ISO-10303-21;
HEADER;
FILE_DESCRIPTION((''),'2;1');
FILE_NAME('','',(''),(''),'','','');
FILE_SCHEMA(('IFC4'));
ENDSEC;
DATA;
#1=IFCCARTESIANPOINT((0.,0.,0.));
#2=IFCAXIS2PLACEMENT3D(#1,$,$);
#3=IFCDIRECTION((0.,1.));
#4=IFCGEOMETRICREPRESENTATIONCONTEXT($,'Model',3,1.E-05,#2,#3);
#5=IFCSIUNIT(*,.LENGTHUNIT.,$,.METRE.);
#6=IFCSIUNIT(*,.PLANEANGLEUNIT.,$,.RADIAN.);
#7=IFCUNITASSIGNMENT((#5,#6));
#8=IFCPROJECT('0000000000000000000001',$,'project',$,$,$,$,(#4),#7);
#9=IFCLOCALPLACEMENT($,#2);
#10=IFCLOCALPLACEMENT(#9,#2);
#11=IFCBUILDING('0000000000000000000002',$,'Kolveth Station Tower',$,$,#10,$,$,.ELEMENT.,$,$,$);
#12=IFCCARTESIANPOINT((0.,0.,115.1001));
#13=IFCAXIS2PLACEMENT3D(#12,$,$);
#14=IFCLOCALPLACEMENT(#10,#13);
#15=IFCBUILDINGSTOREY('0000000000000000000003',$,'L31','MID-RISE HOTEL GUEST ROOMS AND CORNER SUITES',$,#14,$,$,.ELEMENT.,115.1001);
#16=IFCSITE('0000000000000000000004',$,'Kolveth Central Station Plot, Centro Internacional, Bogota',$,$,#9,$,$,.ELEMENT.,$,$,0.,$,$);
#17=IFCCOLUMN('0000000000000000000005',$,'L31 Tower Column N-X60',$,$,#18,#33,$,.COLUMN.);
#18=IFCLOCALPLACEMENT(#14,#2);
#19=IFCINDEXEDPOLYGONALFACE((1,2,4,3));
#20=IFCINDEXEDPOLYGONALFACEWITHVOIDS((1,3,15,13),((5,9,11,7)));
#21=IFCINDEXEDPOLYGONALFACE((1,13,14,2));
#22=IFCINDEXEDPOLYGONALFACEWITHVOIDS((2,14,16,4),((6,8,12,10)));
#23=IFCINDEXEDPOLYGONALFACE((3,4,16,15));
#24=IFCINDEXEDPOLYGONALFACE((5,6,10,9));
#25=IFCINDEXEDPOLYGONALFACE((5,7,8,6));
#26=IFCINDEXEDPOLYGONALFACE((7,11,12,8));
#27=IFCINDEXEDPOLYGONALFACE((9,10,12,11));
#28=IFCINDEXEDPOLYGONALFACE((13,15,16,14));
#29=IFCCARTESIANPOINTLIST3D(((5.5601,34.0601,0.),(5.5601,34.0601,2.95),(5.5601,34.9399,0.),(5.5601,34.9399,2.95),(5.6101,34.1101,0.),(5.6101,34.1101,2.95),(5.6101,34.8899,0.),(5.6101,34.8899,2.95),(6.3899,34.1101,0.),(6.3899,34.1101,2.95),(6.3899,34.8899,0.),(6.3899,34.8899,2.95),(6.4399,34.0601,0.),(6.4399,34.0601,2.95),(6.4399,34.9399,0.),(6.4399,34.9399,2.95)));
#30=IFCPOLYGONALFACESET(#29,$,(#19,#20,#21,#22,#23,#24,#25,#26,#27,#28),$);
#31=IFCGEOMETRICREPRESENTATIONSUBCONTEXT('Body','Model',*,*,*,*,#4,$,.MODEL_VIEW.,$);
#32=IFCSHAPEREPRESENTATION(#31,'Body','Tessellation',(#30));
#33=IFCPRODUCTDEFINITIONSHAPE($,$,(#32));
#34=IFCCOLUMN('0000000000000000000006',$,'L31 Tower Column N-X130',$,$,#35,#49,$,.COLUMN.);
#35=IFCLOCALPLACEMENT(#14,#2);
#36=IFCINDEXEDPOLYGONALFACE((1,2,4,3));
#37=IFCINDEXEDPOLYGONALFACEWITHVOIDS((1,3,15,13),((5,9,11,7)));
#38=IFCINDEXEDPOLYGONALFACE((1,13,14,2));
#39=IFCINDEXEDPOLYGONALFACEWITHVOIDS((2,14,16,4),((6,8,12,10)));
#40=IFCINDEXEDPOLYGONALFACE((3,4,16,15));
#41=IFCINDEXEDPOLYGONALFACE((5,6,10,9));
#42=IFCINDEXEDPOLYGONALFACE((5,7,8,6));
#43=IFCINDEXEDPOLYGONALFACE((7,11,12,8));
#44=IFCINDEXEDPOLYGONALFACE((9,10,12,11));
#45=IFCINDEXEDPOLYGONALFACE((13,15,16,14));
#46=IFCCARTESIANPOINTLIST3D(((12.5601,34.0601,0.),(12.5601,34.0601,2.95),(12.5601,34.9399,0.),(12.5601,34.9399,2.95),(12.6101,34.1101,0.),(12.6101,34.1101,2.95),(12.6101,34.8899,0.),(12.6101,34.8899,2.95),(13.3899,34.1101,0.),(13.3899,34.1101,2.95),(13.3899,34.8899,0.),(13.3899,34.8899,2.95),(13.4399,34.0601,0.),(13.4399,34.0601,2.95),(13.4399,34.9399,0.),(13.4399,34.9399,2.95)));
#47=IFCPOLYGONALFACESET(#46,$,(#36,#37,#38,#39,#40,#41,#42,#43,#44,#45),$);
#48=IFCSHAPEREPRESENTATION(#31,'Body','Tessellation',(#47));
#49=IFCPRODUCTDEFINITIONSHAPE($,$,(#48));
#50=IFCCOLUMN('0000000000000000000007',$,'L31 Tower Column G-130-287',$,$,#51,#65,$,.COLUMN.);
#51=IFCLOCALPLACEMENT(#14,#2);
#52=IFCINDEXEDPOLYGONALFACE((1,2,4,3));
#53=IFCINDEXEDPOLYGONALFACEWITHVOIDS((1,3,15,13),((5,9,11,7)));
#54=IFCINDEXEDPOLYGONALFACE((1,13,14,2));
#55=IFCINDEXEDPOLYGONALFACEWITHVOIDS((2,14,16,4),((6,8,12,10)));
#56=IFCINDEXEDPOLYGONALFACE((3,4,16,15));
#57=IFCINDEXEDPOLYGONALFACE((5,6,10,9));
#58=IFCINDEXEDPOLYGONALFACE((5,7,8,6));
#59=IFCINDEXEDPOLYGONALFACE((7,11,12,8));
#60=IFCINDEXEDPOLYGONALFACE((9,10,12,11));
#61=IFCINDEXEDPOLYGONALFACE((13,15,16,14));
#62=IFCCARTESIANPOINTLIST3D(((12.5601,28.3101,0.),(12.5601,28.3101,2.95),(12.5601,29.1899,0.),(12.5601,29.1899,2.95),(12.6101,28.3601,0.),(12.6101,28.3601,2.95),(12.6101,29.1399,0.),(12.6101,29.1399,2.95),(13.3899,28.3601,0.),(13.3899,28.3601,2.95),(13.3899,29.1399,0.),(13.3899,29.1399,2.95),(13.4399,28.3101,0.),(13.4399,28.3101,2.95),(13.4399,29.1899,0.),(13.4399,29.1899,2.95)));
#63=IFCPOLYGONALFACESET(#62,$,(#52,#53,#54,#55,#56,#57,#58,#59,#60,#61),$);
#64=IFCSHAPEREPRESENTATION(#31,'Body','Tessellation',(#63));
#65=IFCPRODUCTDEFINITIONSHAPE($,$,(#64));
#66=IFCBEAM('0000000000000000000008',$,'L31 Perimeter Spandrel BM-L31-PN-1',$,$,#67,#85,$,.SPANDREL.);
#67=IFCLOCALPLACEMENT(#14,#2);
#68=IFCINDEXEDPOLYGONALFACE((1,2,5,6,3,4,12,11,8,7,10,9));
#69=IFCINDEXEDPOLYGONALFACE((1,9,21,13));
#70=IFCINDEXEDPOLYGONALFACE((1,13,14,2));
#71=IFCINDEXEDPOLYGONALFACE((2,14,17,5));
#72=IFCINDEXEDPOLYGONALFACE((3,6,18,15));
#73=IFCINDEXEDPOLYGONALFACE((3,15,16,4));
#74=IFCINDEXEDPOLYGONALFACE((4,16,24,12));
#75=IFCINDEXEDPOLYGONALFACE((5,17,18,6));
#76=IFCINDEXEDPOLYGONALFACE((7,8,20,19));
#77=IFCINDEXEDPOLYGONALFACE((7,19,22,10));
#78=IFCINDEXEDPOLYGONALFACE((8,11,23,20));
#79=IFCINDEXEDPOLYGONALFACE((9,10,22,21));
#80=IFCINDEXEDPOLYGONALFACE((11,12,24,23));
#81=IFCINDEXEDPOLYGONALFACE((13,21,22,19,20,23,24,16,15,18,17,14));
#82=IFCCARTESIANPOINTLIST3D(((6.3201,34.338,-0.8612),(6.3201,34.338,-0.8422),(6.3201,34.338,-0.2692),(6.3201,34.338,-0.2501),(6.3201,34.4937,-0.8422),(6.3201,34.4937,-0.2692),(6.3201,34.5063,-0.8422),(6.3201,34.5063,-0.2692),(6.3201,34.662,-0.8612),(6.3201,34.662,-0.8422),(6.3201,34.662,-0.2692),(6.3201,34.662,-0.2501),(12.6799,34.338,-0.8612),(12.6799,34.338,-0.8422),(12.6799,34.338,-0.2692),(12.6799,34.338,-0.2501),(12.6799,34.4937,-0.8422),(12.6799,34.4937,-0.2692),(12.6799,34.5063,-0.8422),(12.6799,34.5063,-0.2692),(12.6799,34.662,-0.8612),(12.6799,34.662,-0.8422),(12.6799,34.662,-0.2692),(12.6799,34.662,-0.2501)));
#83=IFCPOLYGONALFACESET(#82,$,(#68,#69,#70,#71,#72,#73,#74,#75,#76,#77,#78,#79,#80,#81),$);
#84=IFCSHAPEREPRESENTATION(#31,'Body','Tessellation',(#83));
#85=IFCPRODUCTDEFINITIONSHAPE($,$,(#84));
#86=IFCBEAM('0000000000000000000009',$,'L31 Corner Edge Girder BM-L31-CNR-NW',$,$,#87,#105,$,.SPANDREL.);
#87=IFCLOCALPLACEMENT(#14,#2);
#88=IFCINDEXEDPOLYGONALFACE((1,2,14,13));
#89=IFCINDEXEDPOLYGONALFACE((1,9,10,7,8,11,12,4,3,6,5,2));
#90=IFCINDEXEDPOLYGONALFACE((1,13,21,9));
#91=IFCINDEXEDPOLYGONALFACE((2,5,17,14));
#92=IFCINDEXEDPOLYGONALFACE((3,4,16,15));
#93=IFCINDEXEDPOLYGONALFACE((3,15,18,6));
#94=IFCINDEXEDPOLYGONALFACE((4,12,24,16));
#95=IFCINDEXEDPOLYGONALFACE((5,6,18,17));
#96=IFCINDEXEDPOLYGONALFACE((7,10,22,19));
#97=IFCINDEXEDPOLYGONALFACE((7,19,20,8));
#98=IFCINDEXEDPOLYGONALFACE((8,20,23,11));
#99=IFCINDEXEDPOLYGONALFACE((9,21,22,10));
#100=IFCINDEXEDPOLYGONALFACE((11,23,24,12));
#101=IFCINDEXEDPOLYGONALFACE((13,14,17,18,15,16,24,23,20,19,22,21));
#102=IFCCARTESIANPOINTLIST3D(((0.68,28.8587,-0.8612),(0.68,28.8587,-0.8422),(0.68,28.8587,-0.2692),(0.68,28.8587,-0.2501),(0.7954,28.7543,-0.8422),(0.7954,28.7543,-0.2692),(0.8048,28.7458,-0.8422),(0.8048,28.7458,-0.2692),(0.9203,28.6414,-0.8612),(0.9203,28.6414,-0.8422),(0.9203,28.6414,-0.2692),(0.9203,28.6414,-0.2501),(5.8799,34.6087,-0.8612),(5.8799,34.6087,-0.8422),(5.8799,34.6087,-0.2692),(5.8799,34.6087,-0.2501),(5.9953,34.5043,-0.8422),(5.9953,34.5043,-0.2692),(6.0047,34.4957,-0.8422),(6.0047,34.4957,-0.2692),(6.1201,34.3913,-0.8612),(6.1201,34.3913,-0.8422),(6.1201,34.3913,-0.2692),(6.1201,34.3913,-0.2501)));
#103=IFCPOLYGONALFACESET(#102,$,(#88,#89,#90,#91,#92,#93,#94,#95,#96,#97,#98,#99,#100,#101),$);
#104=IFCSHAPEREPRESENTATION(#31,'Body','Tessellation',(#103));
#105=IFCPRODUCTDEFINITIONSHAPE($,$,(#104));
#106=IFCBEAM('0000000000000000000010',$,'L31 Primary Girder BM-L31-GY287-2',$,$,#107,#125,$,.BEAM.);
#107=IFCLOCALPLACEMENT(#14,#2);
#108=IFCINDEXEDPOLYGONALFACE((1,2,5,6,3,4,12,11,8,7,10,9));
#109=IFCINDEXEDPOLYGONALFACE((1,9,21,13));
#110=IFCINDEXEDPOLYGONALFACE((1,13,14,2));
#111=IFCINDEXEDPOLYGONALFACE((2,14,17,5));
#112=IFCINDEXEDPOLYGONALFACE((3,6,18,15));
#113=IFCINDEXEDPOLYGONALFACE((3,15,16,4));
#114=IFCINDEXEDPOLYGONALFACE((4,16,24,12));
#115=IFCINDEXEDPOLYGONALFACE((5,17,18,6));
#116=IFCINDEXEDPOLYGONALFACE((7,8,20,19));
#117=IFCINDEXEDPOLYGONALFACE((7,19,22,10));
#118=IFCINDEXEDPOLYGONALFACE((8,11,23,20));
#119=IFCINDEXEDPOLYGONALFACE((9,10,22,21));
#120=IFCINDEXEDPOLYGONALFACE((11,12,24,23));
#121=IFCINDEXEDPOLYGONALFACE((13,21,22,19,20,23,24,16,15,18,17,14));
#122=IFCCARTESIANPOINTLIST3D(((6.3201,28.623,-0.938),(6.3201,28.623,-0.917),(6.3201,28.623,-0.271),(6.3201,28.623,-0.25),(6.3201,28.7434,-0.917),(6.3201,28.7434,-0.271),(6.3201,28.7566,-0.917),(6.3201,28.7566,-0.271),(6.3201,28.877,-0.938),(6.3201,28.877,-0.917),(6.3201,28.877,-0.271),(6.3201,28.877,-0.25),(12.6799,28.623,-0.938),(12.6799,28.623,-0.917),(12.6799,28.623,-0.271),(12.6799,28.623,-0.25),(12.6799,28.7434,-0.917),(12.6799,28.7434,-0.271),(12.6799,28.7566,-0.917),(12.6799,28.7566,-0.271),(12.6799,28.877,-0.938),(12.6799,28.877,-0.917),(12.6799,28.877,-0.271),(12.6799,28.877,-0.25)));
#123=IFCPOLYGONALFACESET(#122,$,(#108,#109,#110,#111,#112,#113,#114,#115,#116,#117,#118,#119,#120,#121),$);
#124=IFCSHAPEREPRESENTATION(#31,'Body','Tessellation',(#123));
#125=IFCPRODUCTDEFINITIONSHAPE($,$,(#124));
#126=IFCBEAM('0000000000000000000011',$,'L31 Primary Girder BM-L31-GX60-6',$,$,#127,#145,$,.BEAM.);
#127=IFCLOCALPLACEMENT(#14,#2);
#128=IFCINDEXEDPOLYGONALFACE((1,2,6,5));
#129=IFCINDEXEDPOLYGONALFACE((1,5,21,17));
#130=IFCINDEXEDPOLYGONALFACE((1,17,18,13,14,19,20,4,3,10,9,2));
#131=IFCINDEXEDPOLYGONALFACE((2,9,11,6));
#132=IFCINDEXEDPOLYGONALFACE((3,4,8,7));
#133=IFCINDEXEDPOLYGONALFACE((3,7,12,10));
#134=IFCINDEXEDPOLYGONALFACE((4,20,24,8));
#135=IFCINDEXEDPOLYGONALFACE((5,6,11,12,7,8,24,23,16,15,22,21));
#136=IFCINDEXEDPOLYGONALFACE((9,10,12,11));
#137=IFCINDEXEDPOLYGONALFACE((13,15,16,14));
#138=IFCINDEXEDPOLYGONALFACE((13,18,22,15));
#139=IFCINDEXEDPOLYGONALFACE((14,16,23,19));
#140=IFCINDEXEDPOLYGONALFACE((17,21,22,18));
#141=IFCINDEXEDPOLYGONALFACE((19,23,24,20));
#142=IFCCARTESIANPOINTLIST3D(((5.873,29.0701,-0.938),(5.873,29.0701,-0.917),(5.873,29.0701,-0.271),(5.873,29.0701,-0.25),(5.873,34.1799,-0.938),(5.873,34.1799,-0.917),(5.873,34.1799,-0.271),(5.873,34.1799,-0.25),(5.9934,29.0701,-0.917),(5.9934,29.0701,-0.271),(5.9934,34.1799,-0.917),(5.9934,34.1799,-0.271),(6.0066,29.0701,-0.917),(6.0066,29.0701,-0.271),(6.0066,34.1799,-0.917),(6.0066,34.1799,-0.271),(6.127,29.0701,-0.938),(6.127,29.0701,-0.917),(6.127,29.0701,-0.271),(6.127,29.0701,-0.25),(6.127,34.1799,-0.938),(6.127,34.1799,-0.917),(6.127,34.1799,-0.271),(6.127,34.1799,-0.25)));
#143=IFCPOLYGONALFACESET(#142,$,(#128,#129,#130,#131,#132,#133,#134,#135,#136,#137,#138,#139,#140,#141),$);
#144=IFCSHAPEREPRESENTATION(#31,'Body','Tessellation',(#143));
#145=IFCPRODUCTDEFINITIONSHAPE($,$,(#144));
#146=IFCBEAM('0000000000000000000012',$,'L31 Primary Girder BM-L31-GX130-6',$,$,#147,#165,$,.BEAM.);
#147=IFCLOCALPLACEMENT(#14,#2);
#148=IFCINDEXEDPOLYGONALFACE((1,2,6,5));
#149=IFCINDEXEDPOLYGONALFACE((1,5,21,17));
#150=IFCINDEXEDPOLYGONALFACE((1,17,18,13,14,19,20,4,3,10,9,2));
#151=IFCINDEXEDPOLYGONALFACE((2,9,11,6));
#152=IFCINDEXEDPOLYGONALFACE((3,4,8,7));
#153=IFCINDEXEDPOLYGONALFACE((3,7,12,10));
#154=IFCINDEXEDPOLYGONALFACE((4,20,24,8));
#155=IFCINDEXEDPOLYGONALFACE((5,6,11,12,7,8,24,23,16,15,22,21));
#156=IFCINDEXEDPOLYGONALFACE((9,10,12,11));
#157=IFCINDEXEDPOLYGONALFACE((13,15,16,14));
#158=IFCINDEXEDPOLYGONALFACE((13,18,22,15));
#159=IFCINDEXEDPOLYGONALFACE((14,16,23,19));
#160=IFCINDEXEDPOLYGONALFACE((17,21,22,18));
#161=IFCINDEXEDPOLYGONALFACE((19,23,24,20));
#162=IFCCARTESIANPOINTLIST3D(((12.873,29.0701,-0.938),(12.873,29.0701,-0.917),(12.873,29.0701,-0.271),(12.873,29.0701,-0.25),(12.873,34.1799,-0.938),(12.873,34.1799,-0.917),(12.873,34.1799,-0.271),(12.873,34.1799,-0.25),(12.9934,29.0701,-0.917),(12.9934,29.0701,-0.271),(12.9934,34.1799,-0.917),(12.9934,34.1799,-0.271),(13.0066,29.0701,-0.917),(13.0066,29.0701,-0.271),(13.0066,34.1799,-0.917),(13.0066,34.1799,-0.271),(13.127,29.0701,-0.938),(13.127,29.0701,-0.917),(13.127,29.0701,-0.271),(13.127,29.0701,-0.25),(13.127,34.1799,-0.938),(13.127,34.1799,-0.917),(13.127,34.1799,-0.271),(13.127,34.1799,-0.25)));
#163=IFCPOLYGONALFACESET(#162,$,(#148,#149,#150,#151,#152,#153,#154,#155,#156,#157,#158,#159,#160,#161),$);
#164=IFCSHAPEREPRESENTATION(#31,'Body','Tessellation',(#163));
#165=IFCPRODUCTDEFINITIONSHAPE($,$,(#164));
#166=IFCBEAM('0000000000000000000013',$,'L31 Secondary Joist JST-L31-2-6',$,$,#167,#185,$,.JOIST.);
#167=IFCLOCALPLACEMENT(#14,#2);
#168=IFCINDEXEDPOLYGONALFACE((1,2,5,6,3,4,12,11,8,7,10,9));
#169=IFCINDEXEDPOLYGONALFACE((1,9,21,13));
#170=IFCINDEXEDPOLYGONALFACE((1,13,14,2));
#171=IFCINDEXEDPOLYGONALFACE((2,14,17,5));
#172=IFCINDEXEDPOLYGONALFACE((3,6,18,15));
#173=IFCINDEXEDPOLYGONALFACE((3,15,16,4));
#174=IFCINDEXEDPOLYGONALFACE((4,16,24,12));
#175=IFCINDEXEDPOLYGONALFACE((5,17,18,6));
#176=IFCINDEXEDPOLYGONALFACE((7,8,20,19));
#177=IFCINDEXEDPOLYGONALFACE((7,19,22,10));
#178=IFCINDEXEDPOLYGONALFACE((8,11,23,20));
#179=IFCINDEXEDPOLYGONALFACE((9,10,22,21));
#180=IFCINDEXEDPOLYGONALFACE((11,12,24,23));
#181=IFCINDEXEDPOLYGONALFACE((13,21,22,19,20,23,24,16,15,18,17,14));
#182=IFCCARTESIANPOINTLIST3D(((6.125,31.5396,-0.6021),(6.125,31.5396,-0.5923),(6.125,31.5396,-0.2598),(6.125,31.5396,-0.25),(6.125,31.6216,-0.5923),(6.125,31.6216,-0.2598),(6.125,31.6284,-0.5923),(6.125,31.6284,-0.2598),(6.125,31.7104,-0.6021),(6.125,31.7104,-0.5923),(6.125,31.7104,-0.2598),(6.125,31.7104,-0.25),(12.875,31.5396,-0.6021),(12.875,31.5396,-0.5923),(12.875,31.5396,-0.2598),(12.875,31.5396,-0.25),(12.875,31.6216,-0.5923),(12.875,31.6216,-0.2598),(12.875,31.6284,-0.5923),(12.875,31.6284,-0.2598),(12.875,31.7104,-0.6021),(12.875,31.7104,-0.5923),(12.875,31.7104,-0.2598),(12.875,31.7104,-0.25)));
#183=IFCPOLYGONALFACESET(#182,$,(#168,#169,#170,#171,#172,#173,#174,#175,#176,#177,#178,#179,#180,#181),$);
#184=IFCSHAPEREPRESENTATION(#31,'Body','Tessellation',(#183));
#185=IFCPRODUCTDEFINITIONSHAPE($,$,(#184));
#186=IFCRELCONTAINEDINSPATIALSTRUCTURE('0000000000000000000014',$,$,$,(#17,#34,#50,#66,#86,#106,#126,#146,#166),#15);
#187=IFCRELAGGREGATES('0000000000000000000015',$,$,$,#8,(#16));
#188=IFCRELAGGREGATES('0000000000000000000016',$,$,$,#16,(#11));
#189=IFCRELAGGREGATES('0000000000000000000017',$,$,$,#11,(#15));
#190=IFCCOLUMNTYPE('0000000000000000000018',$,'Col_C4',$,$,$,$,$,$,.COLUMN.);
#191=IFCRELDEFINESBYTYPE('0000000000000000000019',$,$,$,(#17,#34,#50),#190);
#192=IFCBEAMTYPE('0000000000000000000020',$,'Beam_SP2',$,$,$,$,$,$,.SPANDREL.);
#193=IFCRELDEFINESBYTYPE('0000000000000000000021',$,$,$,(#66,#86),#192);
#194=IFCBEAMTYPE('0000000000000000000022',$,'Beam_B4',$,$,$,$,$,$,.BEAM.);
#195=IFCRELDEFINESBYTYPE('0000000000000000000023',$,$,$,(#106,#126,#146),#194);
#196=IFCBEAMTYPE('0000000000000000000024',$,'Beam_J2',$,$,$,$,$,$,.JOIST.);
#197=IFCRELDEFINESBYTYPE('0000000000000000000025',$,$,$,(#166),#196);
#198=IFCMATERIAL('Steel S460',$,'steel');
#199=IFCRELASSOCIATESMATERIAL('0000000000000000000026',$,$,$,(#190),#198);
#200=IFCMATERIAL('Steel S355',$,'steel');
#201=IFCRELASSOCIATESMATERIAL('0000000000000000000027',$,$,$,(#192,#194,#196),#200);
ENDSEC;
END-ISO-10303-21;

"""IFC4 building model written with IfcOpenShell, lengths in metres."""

from ifc_helpers import new_model, si_unit, direction, frame, origin, origin_2d, place, context, subcontext, project, spatial, hollow_rectangle, i_section, extrude, source, transform, mapped, material, material_profile, profile_set, type_object, element, save


model = new_model("IFC4")

# Units and contexts
model_context = context("Model", 3, precision=1e-05, world=origin(), true_north=direction((0.0, 1.0)))
body_context = subcontext(model_context, "Body", "Model", "MODEL_VIEW")
ifc_project = project(units=[si_unit("LENGTHUNIT", "METRE"), si_unit("PLANEANGLEUNIT", "RADIAN")], contexts=[model_context])

# Site, building, storey
site_placement = place(None, origin())
site = spatial("IfcSite", under=ifc_project, at=site_placement, Name="Kolveth Central Station Plot, Centro Internacional, Bogota", CompositionType="ELEMENT", RefElevation=0.0)
building_placement = place(site_placement, origin())
building = spatial("IfcBuilding", under=site, at=building_placement, Name="Kolveth Station Tower", CompositionType="ELEMENT")
storey_placement = place(building_placement, frame((0.0, 0.0, 115.1001)))
storey = spatial("IfcBuildingStorey", under=building, at=storey_placement, Name="L31", Description="MID-RISE HOTEL GUEST ROOMS AND CORNER SUITES", CompositionType="ELEMENT", Elevation=115.1001)

# Columns
ifc_material_1 = material(Name="Steel S460", Category="steel")
ifc_material_profile_1 = material_profile(ifc_material_1, hollow_rectangle(XDim=0.8799, YDim=0.8799, WallThickness=0.05, at=origin_2d()), Name="BOX880x880x50")
ifc_profile_set_1 = profile_set([ifc_material_profile_1], Name="Steel S460")
column_type = type_object("IfcColumnType", Name="Col_C4", PredefinedType="COLUMN", material=ifc_profile_set_1)
shared_shape_1 = source(origin(), body_context, "Body", "SweptSolid", [
    extrude(hollow_rectangle(XDim=0.8799, YDim=0.8799, WallThickness=0.05, at=origin_2d()), origin(), (0.0, 0.0, 1.0), 2.95),
])
for number, where, z_axis, x_axis, name in (
    (1, (6.0, 34.5, 0.0), (0.0, 0.0, 1.0), (1.0, 0.0, 0.0), "L31 Tower Column N-X60"),
    (2, (13.0, 34.5, 0.0), (0.0, 0.0, 1.0), (1.0, 0.0, 0.0), "L31 Tower Column N-X130"),
    (3, (13.0, 28.75, 0.0), (0.0, 0.0, 1.0), (1.0, 0.0, 0.0), "L31 Tower Column G-130-287"),
):
    element("IfcColumn", number, at=place(storey_placement, frame(where, z_axis=z_axis, x_axis=x_axis)), inside=storey, type_object=column_type, Name=name, PredefinedType="COLUMN", context=body_context, shape_type="MappedRepresentation", body=[
        mapped(shared_shape_1, transform((0.0, 0.0, 0.0), x_axis=(1.0, 0.0, 0.0), y_axis=(0.0, 1.0, 0.0), z_axis=(0.0, 0.0, 1.0), scale=1.0)),
    ])

# Beams
ifc_material_2 = material(Name="Steel S355", Category="steel")
ifc_material_profile_2 = material_profile(ifc_material_2, i_section(OverallWidth=0.324, OverallDepth=0.6111, WebThickness=0.0127, FlangeThickness=0.019, at=origin_2d()), Name="W610x155")
ifc_profile_set_2 = profile_set([ifc_material_profile_2], Name="Steel S355")
beam_type_1 = type_object("IfcBeamType", Name="Beam_SP2", PredefinedType="SPANDREL", material=ifc_profile_set_2)
shared_shape_2 = source(origin(), body_context, "Body", "SweptSolid", [
    extrude(i_section(OverallWidth=0.324, OverallDepth=0.6111, WebThickness=0.0127, FlangeThickness=0.019, at=origin_2d()), origin(), (0.0, 0.0, 1.0), 6.3599),
])
beam_1_placement = place(storey_placement, frame((6.3201, 34.5, -0.5557), z_axis=(1.0, 0.0, 0.0), x_axis=(0.0, 1.0, 0.0)))
element("IfcBeam", 4, at=beam_1_placement, inside=storey, type_object=beam_type_1, Name="L31 Perimeter Spandrel BM-L31-PN-1", PredefinedType="SPANDREL", context=body_context, shape_type="MappedRepresentation", body=[
    mapped(shared_shape_2, transform((0.0, 0.0, 0.0), x_axis=(1.0, 0.0, 0.0), y_axis=(0.0, 1.0, 0.0), z_axis=(0.0, 0.0, 1.0), scale=1.0)),
])
shared_shape_3 = source(origin(), body_context, "Body", "SweptSolid", [
    extrude(i_section(OverallWidth=0.324, OverallDepth=0.6111, WebThickness=0.0127, FlangeThickness=0.019, at=origin_2d()), origin(), (0.0, 0.0, 1.0), 7.7524),
])
beam_2_placement = place(storey_placement, frame((6.0, 34.5, -0.5557), z_axis=(-0.670741, -0.741692, 0.0), x_axis=(0.741692, -0.670741, 0.0)))
element("IfcBeam", 5, at=beam_2_placement, inside=storey, type_object=beam_type_1, Name="L31 Corner Edge Girder BM-L31-CNR-NW", PredefinedType="SPANDREL", context=body_context, shape_type="MappedRepresentation", body=[
    mapped(shared_shape_3, transform((0.0, 0.0, 0.0), x_axis=(1.0, 0.0, 0.0), y_axis=(0.0, 1.0, 0.0), z_axis=(0.0, 0.0, 1.0), scale=1.0)),
])
ifc_material_profile_3 = material_profile(ifc_material_2, i_section(OverallWidth=0.2539, OverallDepth=0.688, WebThickness=0.0132, FlangeThickness=0.021, at=origin_2d()), Name="W690x152")
ifc_profile_set_3 = profile_set([ifc_material_profile_3], Name="Steel S355")
beam_type_2 = type_object("IfcBeamType", Name="Beam_B4", PredefinedType="BEAM", material=ifc_profile_set_3)
shared_shape_4 = source(origin(), body_context, "Body", "SweptSolid", [
    extrude(i_section(OverallWidth=0.2539, OverallDepth=0.688, WebThickness=0.0132, FlangeThickness=0.021, at=origin_2d()), origin(), (0.0, 0.0, 1.0), 6.3599),
])
beam_3_placement = place(storey_placement, frame((6.3201, 28.75, -0.594), z_axis=(1.0, 0.0, 0.0), x_axis=(0.0, 1.0, 0.0)))
element("IfcBeam", 6, at=beam_3_placement, inside=storey, type_object=beam_type_2, Name="L31 Primary Girder BM-L31-GY287-2", PredefinedType="BEAM", context=body_context, shape_type="MappedRepresentation", body=[
    mapped(shared_shape_4, transform((0.0, 0.0, 0.0), x_axis=(1.0, 0.0, 0.0), y_axis=(0.0, 1.0, 0.0), z_axis=(0.0, 0.0, 1.0), scale=1.0)),
])
shared_shape_5 = source(origin(), body_context, "Body", "SweptSolid", [
    extrude(i_section(OverallWidth=0.2539, OverallDepth=0.688, WebThickness=0.0132, FlangeThickness=0.021, at=origin_2d()), origin(), (0.0, 0.0, 1.0), 5.1099),
])
for number, where, z_axis, x_axis, name in (
    (7, (6.0, 29.0701, -0.594), (0.0, 1.0, 0.0), (-1.0, 0.0, 0.0), "L31 Primary Girder BM-L31-GX60-6"),
    (8, (13.0, 29.0701, -0.594), (0.0, 1.0, 0.0), (-1.0, 0.0, 0.0), "L31 Primary Girder BM-L31-GX130-6"),
):
    element("IfcBeam", number, at=place(storey_placement, frame(where, z_axis=z_axis, x_axis=x_axis)), inside=storey, type_object=beam_type_2, Name=name, PredefinedType="BEAM", context=body_context, shape_type="MappedRepresentation", body=[
        mapped(shared_shape_5, transform((0.0, 0.0, 0.0), x_axis=(1.0, 0.0, 0.0), y_axis=(0.0, 1.0, 0.0), z_axis=(0.0, 0.0, 1.0), scale=1.0)),
    ])
ifc_material_profile_4 = material_profile(ifc_material_2, i_section(OverallWidth=0.1709, OverallDepth=0.3521, WebThickness=0.0068, FlangeThickness=0.0098, at=origin_2d()), Name="W360x44")
ifc_profile_set_4 = profile_set([ifc_material_profile_4], Name="Steel S355")
beam_type_3 = type_object("IfcBeamType", Name="Beam_J2", PredefinedType="JOIST", material=ifc_profile_set_4)
shared_shape_6 = source(origin(), body_context, "Body", "SweptSolid", [
    extrude(i_section(OverallWidth=0.1709, OverallDepth=0.3521, WebThickness=0.0068, FlangeThickness=0.0098, at=origin_2d()), origin(), (0.0, 0.0, 1.0), 6.75),
])
beam_4_placement = place(storey_placement, frame((6.125, 31.625, -0.426), z_axis=(1.0, 0.0, 0.0), x_axis=(0.0, 1.0, 0.0)))
element("IfcBeam", 9, at=beam_4_placement, inside=storey, type_object=beam_type_3, Name="L31 Secondary Joist JST-L31-2-6", PredefinedType="JOIST", context=body_context, shape_type="MappedRepresentation", body=[
    mapped(shared_shape_6, transform((0.0, 0.0, 0.0), x_axis=(1.0, 0.0, 0.0), y_axis=(0.0, 1.0, 0.0), z_axis=(0.0, 0.0, 1.0), scale=1.0)),
])

save(model, "model.ifc")
